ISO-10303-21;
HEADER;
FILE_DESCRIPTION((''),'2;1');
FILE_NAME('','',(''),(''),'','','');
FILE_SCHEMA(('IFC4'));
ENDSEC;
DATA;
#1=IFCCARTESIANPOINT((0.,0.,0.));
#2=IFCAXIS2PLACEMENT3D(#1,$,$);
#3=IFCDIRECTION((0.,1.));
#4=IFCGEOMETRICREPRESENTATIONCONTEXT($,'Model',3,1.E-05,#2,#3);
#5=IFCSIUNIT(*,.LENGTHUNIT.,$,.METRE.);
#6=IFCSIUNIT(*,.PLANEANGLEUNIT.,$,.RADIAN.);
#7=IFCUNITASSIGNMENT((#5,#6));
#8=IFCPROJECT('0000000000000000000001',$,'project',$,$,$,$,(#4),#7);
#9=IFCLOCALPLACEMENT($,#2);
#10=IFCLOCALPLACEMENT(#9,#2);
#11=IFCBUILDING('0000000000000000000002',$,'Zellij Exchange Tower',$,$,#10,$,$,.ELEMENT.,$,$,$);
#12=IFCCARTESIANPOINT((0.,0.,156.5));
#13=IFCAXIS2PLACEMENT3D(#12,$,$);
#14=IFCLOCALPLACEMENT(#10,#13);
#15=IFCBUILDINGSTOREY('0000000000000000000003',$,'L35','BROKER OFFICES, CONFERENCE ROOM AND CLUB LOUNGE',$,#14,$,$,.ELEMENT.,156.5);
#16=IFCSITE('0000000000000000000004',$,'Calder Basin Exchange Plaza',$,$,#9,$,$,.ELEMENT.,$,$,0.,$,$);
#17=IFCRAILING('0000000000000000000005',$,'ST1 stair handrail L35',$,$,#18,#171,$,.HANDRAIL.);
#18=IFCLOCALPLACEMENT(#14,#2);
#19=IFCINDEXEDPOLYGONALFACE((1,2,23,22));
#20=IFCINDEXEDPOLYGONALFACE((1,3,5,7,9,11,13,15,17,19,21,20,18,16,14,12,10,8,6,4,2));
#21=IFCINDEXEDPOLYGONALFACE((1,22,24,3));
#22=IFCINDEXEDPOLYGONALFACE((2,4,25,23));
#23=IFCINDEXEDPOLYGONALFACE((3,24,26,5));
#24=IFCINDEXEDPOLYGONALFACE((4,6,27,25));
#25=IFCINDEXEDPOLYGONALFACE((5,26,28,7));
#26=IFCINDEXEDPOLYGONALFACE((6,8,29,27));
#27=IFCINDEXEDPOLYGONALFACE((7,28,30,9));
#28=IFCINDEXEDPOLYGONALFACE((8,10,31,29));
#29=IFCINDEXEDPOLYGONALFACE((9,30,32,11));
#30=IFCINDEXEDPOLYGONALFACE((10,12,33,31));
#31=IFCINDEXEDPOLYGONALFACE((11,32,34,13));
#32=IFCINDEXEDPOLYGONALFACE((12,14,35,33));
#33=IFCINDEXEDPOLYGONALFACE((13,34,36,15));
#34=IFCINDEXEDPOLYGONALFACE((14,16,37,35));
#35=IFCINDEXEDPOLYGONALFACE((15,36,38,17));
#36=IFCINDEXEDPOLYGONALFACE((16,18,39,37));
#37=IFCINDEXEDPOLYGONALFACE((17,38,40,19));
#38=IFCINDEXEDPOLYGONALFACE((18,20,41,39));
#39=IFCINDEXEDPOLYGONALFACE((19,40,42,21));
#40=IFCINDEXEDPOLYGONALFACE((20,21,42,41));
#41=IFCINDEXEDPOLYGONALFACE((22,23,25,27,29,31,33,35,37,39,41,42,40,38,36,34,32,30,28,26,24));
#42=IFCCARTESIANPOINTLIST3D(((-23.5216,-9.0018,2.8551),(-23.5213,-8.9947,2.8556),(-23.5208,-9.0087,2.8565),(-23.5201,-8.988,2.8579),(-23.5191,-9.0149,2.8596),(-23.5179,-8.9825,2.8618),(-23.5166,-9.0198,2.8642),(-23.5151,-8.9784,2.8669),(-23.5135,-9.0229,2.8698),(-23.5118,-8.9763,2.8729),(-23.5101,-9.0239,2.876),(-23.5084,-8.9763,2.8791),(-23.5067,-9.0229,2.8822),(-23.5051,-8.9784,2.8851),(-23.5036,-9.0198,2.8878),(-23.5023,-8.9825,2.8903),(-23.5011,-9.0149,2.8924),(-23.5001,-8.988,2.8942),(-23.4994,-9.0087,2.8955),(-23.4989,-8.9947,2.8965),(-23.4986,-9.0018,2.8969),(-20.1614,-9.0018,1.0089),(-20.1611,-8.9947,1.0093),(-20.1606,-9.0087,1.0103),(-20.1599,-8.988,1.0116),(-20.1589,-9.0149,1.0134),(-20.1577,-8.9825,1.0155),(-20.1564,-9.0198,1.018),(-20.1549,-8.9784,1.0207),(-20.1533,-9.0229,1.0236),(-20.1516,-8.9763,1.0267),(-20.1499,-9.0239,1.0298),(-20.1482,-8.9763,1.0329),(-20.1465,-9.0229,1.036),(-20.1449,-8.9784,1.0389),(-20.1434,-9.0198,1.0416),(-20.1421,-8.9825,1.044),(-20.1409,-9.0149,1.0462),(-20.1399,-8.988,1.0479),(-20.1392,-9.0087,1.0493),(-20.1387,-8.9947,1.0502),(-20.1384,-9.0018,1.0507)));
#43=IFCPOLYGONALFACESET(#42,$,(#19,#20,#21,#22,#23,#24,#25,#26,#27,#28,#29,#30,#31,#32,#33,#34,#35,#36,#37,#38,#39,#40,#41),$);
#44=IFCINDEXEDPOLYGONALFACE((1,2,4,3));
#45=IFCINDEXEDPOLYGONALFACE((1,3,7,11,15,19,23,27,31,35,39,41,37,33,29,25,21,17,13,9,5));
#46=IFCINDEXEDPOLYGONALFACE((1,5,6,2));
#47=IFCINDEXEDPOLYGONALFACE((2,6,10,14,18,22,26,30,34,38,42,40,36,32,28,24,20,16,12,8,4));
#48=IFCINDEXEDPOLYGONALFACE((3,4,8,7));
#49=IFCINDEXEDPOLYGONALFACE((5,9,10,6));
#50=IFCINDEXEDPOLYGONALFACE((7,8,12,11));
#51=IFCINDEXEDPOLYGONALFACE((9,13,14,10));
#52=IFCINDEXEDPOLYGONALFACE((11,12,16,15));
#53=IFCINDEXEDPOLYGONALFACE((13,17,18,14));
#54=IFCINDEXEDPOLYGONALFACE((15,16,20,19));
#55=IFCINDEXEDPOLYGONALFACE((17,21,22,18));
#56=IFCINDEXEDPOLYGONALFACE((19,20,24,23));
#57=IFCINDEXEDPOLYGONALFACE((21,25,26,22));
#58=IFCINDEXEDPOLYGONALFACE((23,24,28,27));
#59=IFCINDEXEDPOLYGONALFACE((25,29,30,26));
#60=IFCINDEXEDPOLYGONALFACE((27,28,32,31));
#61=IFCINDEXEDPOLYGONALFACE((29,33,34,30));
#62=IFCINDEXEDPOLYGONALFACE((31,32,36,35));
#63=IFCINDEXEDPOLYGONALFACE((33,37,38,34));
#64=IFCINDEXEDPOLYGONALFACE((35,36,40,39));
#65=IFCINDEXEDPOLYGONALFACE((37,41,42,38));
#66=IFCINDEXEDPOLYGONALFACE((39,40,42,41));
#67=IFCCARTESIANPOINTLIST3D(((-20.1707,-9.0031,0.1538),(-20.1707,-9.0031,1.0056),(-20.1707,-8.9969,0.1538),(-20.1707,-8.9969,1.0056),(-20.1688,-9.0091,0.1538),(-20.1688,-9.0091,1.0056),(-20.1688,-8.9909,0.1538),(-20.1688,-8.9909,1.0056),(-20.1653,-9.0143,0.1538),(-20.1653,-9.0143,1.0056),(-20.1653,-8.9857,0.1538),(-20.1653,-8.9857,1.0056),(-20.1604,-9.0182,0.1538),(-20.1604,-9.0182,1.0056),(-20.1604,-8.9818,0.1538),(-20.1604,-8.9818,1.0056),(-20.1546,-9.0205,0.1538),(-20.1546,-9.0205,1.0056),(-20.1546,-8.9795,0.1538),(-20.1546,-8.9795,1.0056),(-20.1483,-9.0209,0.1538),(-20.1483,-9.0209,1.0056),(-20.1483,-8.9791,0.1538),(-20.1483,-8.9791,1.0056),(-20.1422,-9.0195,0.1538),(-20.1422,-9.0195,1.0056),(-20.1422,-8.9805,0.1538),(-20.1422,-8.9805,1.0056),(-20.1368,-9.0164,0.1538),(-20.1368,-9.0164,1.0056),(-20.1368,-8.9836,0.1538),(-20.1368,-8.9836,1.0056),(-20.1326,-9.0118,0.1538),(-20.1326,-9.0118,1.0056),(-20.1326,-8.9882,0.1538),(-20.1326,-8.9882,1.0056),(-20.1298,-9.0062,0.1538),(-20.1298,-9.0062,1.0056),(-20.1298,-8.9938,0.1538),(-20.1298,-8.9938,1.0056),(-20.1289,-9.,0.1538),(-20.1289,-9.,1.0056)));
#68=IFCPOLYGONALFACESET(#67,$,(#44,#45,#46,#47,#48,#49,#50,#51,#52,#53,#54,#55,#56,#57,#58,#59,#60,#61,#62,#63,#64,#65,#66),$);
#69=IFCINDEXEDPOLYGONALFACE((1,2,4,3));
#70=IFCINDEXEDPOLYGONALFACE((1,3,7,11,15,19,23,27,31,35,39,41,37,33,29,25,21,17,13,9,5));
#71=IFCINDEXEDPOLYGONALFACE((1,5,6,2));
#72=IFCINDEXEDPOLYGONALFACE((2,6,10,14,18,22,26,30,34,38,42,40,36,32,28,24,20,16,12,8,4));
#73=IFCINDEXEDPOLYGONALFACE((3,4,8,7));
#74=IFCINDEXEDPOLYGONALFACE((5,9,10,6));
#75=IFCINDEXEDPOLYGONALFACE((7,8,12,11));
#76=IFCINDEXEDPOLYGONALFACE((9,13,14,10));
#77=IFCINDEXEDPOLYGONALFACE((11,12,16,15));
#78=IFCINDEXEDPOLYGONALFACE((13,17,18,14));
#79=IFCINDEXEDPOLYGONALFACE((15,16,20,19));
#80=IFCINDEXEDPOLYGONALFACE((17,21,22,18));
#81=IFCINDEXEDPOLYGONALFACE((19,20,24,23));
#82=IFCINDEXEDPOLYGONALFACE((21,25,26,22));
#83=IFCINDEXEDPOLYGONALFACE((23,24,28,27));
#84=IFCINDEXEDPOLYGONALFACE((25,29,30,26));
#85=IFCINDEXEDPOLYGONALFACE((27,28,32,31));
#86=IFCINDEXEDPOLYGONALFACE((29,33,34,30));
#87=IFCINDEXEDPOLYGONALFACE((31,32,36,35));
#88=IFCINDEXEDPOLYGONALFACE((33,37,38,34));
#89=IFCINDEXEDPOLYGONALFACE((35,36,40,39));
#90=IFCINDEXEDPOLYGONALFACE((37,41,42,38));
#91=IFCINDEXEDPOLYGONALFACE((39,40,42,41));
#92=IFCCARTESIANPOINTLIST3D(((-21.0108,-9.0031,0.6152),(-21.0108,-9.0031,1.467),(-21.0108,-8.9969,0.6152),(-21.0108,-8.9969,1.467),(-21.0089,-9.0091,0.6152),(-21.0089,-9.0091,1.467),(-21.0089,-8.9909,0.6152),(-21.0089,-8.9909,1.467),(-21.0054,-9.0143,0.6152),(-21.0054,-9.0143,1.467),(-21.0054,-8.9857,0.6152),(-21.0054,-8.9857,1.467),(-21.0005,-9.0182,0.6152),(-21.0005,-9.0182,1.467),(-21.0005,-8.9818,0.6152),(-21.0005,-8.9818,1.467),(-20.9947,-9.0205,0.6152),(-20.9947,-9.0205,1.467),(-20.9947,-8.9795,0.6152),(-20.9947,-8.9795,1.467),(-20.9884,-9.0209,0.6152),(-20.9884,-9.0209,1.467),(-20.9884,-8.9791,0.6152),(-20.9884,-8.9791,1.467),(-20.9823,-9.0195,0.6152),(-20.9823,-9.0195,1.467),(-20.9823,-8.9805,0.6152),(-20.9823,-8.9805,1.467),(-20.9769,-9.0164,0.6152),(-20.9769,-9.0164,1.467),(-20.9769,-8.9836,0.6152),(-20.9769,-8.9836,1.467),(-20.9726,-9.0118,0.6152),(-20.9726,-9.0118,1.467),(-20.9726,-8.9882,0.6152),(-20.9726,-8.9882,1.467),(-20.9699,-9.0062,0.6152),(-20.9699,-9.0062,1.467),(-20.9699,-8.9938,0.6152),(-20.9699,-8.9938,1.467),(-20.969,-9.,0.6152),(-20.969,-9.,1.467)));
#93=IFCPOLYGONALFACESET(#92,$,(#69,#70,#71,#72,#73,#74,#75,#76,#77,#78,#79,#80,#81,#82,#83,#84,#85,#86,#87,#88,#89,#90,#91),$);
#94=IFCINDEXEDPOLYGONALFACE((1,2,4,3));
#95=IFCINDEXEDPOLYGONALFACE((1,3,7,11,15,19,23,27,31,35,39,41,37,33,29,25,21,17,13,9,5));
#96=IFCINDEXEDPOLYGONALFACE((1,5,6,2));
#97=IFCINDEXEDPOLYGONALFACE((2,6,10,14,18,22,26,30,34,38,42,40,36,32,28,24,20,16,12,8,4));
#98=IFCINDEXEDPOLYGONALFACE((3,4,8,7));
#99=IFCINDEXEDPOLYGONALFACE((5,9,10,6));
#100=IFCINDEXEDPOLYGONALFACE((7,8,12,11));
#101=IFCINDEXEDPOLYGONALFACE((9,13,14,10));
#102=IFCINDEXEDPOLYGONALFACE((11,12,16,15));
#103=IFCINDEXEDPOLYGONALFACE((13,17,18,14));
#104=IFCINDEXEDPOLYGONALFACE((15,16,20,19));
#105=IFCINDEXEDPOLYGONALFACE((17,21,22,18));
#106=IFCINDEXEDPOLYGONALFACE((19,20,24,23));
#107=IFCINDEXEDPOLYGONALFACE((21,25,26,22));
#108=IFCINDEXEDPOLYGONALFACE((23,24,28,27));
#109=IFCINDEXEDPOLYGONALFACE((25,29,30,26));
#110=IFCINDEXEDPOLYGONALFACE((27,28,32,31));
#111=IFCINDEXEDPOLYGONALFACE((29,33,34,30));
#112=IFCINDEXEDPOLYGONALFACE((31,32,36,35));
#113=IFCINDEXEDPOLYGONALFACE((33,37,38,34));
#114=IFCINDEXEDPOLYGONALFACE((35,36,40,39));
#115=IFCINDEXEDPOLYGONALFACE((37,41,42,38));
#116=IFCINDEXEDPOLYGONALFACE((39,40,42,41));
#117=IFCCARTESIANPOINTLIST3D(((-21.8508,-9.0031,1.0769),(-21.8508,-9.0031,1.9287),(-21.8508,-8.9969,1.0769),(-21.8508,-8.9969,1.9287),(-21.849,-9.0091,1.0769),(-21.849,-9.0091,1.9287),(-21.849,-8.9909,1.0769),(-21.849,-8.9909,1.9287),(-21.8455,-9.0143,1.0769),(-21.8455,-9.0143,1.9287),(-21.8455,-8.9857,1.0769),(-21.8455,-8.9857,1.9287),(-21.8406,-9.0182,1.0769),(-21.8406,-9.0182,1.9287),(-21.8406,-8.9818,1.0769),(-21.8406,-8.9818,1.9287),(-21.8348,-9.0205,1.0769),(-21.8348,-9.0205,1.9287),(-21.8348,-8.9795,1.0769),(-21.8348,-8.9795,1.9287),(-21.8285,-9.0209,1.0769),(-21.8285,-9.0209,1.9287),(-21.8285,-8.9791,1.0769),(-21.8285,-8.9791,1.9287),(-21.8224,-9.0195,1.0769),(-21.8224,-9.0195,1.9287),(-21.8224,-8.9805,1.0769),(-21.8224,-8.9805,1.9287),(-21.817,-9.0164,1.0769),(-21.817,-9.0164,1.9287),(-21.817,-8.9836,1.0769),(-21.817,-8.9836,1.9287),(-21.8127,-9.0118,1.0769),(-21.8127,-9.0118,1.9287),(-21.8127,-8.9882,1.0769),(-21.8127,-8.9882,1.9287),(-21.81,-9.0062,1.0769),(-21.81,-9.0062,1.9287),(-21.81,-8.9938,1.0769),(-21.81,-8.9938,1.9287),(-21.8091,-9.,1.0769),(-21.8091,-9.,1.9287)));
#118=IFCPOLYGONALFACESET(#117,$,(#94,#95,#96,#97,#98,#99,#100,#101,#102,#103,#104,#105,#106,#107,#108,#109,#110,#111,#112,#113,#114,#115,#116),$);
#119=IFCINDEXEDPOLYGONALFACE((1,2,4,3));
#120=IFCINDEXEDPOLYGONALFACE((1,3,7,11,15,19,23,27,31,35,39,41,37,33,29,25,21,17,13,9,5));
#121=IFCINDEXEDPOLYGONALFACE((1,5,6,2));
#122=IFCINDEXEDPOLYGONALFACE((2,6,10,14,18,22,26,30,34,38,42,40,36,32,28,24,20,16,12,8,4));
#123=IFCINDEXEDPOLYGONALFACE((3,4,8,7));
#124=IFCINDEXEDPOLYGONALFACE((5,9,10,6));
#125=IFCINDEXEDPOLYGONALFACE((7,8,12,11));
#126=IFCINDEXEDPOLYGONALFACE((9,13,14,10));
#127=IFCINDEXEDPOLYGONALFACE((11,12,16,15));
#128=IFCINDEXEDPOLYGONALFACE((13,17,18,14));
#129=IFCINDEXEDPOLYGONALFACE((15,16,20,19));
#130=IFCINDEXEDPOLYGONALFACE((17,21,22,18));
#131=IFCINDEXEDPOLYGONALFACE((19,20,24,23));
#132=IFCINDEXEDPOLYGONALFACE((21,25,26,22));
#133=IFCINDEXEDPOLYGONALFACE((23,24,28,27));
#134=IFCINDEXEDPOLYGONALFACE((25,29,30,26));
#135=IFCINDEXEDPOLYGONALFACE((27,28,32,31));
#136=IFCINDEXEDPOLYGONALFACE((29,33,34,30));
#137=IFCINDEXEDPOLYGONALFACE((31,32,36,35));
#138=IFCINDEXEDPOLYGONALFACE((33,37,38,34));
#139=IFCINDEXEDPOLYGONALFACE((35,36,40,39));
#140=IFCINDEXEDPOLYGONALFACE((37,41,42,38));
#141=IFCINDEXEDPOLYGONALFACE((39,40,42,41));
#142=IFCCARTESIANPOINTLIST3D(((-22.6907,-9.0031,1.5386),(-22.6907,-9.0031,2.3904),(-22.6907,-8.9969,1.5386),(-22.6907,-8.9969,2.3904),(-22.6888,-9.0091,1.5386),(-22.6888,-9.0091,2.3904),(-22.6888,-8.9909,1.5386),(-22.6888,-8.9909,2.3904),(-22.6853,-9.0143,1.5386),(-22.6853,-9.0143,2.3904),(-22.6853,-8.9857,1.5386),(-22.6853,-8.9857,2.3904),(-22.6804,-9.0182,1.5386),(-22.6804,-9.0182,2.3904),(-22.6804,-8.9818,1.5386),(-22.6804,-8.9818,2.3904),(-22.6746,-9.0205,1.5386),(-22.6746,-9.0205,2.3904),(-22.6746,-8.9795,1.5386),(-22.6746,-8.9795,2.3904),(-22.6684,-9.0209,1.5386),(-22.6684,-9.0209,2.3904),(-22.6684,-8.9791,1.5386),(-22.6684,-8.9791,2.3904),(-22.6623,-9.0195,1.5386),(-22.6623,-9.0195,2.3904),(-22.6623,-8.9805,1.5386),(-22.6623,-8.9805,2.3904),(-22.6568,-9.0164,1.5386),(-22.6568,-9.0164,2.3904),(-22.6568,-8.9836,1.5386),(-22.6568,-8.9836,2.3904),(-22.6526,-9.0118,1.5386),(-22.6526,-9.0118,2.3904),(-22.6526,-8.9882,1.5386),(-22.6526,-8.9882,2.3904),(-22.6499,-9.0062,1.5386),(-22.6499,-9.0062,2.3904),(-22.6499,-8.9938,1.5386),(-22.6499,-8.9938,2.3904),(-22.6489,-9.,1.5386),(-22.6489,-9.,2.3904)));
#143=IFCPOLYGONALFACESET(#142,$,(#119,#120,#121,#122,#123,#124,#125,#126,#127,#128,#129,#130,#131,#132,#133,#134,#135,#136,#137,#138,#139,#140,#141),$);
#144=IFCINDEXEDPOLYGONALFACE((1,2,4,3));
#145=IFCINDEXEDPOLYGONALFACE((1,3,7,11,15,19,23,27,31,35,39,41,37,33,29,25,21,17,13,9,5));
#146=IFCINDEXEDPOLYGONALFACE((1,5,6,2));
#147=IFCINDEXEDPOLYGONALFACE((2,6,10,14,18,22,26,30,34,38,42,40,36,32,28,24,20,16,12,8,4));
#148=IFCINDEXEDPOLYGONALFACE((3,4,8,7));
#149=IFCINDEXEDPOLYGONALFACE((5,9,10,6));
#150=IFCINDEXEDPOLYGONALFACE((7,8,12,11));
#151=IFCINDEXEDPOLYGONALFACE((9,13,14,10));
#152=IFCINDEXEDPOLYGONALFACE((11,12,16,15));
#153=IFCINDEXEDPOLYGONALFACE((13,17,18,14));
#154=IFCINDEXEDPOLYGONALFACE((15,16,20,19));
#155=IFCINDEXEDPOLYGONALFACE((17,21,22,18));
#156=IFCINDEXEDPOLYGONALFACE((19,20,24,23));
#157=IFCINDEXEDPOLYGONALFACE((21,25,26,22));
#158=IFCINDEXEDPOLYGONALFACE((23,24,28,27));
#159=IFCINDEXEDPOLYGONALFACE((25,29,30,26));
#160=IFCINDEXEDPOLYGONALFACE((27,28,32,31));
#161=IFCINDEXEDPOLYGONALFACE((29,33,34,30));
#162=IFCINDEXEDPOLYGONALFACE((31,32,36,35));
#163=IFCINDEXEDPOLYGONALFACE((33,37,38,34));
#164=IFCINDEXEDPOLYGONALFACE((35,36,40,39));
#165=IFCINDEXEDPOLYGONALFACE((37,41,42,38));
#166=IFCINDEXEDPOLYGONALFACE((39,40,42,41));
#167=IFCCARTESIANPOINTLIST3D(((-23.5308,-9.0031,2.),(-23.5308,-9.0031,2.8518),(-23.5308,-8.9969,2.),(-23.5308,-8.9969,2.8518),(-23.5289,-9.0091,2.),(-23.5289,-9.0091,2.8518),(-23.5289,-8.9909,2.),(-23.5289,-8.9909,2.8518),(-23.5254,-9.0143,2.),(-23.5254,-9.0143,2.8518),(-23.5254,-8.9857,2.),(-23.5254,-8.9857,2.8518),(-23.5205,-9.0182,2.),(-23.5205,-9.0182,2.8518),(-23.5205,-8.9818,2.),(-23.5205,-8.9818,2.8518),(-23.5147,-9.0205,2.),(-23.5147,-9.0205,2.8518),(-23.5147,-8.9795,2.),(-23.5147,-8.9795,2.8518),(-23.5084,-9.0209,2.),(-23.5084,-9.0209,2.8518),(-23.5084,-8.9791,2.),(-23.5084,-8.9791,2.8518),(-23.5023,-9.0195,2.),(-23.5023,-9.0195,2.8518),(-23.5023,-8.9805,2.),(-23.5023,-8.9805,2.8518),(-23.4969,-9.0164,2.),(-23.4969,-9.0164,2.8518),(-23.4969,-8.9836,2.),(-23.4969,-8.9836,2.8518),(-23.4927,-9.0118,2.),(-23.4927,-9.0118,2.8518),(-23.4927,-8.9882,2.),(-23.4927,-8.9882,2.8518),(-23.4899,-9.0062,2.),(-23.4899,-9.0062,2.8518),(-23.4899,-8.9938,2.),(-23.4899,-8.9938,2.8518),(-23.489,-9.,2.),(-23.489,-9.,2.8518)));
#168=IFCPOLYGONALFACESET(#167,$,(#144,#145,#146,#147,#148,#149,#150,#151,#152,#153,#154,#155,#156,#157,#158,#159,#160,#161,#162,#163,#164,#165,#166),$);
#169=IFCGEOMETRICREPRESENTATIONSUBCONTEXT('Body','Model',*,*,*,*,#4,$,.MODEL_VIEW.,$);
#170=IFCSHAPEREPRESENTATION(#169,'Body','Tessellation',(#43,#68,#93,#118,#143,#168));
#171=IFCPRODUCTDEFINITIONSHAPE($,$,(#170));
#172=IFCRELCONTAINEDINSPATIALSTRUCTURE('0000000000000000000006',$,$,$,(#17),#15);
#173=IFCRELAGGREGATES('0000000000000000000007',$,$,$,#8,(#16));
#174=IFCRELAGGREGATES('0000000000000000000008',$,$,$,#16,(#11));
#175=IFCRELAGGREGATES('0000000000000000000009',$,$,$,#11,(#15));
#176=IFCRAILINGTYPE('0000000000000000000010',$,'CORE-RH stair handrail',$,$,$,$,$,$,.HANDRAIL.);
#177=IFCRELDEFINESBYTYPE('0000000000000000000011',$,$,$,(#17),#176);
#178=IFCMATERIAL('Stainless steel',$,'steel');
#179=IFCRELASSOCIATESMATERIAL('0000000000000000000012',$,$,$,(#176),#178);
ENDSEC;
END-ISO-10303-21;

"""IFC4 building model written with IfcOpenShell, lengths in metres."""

from ifc_helpers import new_model, si_unit, direction, frame, origin, origin_2d, place, context, subcontext, project, spatial, circle, extrude, material, type_object, element, save


model = new_model("IFC4")

# Units and contexts
model_context = context("Model", 3, precision=1e-05, world=origin(), true_north=direction((0.0, 1.0)))
body_context = subcontext(model_context, "Body", "Model", "MODEL_VIEW")
ifc_project = project(units=[si_unit("LENGTHUNIT", "METRE"), si_unit("PLANEANGLEUNIT", "RADIAN")], contexts=[model_context])

# Site, building, storey
site_placement = place(None, origin())
site = spatial("IfcSite", under=ifc_project, at=site_placement, Name="Calder Basin Exchange Plaza", CompositionType="ELEMENT", RefElevation=0.0)
building_placement = place(site_placement, origin())
building = spatial("IfcBuilding", under=site, at=building_placement, Name="Zellij Exchange Tower", CompositionType="ELEMENT")
storey_placement = place(building_placement, frame((0.0, 0.0, 156.5)))
storey = spatial("IfcBuildingStorey", under=building, at=storey_placement, Name="L35", Description="BROKER OFFICES, CONFERENCE ROOM AND CLUB LOUNGE", CompositionType="ELEMENT", Elevation=156.5)

# Railing
ifc_material_1 = material(Name="Stainless steel", Category="steel")
railing_type_1 = type_object("IfcRailingType", Name="CORE-RH stair handrail", PredefinedType="HANDRAIL", material=ifc_material_1)
railing_1_placement = place(storey_placement, frame((-20.1499, -9.0, 0.1538)))
element("IfcRailing", 1, at=railing_1_placement, inside=storey, type_object=railing_type_1, Name="ST1 stair handrail L35", PredefinedType="HANDRAIL", context=body_context, shape_type="SweptSolid", body=[
    extrude(circle(Radius=0.0239, at=origin_2d()), frame((0.0, 0.0, 0.876), z_axis=(-0.876422, 0.0, 0.481545), x_axis=(0.0, -1.0, 0.0)), (0.0, 0.0, 1.0), 3.834),
    extrude(circle(Radius=0.021, at=origin_2d()), origin(), (0.0, 0.0, 1.0), 0.8518),
    extrude(circle(Radius=0.021, at=origin_2d()), frame((-0.8401, 0.0, 0.4614)), (0.0, 0.0, 1.0), 0.8518),
    extrude(circle(Radius=0.021, at=origin_2d()), frame((-1.6802, 0.0, 0.9231)), (0.0, 0.0, 1.0), 0.8518),
    extrude(circle(Radius=0.021, at=origin_2d()), frame((-2.52, 0.0, 1.3848)), (0.0, 0.0, 1.0), 0.8518),
    extrude(circle(Radius=0.021, at=origin_2d()), frame((-3.3601, 0.0, 1.8462)), (0.0, 0.0, 1.0), 0.8518),
])

save(model, "model.ifc")
